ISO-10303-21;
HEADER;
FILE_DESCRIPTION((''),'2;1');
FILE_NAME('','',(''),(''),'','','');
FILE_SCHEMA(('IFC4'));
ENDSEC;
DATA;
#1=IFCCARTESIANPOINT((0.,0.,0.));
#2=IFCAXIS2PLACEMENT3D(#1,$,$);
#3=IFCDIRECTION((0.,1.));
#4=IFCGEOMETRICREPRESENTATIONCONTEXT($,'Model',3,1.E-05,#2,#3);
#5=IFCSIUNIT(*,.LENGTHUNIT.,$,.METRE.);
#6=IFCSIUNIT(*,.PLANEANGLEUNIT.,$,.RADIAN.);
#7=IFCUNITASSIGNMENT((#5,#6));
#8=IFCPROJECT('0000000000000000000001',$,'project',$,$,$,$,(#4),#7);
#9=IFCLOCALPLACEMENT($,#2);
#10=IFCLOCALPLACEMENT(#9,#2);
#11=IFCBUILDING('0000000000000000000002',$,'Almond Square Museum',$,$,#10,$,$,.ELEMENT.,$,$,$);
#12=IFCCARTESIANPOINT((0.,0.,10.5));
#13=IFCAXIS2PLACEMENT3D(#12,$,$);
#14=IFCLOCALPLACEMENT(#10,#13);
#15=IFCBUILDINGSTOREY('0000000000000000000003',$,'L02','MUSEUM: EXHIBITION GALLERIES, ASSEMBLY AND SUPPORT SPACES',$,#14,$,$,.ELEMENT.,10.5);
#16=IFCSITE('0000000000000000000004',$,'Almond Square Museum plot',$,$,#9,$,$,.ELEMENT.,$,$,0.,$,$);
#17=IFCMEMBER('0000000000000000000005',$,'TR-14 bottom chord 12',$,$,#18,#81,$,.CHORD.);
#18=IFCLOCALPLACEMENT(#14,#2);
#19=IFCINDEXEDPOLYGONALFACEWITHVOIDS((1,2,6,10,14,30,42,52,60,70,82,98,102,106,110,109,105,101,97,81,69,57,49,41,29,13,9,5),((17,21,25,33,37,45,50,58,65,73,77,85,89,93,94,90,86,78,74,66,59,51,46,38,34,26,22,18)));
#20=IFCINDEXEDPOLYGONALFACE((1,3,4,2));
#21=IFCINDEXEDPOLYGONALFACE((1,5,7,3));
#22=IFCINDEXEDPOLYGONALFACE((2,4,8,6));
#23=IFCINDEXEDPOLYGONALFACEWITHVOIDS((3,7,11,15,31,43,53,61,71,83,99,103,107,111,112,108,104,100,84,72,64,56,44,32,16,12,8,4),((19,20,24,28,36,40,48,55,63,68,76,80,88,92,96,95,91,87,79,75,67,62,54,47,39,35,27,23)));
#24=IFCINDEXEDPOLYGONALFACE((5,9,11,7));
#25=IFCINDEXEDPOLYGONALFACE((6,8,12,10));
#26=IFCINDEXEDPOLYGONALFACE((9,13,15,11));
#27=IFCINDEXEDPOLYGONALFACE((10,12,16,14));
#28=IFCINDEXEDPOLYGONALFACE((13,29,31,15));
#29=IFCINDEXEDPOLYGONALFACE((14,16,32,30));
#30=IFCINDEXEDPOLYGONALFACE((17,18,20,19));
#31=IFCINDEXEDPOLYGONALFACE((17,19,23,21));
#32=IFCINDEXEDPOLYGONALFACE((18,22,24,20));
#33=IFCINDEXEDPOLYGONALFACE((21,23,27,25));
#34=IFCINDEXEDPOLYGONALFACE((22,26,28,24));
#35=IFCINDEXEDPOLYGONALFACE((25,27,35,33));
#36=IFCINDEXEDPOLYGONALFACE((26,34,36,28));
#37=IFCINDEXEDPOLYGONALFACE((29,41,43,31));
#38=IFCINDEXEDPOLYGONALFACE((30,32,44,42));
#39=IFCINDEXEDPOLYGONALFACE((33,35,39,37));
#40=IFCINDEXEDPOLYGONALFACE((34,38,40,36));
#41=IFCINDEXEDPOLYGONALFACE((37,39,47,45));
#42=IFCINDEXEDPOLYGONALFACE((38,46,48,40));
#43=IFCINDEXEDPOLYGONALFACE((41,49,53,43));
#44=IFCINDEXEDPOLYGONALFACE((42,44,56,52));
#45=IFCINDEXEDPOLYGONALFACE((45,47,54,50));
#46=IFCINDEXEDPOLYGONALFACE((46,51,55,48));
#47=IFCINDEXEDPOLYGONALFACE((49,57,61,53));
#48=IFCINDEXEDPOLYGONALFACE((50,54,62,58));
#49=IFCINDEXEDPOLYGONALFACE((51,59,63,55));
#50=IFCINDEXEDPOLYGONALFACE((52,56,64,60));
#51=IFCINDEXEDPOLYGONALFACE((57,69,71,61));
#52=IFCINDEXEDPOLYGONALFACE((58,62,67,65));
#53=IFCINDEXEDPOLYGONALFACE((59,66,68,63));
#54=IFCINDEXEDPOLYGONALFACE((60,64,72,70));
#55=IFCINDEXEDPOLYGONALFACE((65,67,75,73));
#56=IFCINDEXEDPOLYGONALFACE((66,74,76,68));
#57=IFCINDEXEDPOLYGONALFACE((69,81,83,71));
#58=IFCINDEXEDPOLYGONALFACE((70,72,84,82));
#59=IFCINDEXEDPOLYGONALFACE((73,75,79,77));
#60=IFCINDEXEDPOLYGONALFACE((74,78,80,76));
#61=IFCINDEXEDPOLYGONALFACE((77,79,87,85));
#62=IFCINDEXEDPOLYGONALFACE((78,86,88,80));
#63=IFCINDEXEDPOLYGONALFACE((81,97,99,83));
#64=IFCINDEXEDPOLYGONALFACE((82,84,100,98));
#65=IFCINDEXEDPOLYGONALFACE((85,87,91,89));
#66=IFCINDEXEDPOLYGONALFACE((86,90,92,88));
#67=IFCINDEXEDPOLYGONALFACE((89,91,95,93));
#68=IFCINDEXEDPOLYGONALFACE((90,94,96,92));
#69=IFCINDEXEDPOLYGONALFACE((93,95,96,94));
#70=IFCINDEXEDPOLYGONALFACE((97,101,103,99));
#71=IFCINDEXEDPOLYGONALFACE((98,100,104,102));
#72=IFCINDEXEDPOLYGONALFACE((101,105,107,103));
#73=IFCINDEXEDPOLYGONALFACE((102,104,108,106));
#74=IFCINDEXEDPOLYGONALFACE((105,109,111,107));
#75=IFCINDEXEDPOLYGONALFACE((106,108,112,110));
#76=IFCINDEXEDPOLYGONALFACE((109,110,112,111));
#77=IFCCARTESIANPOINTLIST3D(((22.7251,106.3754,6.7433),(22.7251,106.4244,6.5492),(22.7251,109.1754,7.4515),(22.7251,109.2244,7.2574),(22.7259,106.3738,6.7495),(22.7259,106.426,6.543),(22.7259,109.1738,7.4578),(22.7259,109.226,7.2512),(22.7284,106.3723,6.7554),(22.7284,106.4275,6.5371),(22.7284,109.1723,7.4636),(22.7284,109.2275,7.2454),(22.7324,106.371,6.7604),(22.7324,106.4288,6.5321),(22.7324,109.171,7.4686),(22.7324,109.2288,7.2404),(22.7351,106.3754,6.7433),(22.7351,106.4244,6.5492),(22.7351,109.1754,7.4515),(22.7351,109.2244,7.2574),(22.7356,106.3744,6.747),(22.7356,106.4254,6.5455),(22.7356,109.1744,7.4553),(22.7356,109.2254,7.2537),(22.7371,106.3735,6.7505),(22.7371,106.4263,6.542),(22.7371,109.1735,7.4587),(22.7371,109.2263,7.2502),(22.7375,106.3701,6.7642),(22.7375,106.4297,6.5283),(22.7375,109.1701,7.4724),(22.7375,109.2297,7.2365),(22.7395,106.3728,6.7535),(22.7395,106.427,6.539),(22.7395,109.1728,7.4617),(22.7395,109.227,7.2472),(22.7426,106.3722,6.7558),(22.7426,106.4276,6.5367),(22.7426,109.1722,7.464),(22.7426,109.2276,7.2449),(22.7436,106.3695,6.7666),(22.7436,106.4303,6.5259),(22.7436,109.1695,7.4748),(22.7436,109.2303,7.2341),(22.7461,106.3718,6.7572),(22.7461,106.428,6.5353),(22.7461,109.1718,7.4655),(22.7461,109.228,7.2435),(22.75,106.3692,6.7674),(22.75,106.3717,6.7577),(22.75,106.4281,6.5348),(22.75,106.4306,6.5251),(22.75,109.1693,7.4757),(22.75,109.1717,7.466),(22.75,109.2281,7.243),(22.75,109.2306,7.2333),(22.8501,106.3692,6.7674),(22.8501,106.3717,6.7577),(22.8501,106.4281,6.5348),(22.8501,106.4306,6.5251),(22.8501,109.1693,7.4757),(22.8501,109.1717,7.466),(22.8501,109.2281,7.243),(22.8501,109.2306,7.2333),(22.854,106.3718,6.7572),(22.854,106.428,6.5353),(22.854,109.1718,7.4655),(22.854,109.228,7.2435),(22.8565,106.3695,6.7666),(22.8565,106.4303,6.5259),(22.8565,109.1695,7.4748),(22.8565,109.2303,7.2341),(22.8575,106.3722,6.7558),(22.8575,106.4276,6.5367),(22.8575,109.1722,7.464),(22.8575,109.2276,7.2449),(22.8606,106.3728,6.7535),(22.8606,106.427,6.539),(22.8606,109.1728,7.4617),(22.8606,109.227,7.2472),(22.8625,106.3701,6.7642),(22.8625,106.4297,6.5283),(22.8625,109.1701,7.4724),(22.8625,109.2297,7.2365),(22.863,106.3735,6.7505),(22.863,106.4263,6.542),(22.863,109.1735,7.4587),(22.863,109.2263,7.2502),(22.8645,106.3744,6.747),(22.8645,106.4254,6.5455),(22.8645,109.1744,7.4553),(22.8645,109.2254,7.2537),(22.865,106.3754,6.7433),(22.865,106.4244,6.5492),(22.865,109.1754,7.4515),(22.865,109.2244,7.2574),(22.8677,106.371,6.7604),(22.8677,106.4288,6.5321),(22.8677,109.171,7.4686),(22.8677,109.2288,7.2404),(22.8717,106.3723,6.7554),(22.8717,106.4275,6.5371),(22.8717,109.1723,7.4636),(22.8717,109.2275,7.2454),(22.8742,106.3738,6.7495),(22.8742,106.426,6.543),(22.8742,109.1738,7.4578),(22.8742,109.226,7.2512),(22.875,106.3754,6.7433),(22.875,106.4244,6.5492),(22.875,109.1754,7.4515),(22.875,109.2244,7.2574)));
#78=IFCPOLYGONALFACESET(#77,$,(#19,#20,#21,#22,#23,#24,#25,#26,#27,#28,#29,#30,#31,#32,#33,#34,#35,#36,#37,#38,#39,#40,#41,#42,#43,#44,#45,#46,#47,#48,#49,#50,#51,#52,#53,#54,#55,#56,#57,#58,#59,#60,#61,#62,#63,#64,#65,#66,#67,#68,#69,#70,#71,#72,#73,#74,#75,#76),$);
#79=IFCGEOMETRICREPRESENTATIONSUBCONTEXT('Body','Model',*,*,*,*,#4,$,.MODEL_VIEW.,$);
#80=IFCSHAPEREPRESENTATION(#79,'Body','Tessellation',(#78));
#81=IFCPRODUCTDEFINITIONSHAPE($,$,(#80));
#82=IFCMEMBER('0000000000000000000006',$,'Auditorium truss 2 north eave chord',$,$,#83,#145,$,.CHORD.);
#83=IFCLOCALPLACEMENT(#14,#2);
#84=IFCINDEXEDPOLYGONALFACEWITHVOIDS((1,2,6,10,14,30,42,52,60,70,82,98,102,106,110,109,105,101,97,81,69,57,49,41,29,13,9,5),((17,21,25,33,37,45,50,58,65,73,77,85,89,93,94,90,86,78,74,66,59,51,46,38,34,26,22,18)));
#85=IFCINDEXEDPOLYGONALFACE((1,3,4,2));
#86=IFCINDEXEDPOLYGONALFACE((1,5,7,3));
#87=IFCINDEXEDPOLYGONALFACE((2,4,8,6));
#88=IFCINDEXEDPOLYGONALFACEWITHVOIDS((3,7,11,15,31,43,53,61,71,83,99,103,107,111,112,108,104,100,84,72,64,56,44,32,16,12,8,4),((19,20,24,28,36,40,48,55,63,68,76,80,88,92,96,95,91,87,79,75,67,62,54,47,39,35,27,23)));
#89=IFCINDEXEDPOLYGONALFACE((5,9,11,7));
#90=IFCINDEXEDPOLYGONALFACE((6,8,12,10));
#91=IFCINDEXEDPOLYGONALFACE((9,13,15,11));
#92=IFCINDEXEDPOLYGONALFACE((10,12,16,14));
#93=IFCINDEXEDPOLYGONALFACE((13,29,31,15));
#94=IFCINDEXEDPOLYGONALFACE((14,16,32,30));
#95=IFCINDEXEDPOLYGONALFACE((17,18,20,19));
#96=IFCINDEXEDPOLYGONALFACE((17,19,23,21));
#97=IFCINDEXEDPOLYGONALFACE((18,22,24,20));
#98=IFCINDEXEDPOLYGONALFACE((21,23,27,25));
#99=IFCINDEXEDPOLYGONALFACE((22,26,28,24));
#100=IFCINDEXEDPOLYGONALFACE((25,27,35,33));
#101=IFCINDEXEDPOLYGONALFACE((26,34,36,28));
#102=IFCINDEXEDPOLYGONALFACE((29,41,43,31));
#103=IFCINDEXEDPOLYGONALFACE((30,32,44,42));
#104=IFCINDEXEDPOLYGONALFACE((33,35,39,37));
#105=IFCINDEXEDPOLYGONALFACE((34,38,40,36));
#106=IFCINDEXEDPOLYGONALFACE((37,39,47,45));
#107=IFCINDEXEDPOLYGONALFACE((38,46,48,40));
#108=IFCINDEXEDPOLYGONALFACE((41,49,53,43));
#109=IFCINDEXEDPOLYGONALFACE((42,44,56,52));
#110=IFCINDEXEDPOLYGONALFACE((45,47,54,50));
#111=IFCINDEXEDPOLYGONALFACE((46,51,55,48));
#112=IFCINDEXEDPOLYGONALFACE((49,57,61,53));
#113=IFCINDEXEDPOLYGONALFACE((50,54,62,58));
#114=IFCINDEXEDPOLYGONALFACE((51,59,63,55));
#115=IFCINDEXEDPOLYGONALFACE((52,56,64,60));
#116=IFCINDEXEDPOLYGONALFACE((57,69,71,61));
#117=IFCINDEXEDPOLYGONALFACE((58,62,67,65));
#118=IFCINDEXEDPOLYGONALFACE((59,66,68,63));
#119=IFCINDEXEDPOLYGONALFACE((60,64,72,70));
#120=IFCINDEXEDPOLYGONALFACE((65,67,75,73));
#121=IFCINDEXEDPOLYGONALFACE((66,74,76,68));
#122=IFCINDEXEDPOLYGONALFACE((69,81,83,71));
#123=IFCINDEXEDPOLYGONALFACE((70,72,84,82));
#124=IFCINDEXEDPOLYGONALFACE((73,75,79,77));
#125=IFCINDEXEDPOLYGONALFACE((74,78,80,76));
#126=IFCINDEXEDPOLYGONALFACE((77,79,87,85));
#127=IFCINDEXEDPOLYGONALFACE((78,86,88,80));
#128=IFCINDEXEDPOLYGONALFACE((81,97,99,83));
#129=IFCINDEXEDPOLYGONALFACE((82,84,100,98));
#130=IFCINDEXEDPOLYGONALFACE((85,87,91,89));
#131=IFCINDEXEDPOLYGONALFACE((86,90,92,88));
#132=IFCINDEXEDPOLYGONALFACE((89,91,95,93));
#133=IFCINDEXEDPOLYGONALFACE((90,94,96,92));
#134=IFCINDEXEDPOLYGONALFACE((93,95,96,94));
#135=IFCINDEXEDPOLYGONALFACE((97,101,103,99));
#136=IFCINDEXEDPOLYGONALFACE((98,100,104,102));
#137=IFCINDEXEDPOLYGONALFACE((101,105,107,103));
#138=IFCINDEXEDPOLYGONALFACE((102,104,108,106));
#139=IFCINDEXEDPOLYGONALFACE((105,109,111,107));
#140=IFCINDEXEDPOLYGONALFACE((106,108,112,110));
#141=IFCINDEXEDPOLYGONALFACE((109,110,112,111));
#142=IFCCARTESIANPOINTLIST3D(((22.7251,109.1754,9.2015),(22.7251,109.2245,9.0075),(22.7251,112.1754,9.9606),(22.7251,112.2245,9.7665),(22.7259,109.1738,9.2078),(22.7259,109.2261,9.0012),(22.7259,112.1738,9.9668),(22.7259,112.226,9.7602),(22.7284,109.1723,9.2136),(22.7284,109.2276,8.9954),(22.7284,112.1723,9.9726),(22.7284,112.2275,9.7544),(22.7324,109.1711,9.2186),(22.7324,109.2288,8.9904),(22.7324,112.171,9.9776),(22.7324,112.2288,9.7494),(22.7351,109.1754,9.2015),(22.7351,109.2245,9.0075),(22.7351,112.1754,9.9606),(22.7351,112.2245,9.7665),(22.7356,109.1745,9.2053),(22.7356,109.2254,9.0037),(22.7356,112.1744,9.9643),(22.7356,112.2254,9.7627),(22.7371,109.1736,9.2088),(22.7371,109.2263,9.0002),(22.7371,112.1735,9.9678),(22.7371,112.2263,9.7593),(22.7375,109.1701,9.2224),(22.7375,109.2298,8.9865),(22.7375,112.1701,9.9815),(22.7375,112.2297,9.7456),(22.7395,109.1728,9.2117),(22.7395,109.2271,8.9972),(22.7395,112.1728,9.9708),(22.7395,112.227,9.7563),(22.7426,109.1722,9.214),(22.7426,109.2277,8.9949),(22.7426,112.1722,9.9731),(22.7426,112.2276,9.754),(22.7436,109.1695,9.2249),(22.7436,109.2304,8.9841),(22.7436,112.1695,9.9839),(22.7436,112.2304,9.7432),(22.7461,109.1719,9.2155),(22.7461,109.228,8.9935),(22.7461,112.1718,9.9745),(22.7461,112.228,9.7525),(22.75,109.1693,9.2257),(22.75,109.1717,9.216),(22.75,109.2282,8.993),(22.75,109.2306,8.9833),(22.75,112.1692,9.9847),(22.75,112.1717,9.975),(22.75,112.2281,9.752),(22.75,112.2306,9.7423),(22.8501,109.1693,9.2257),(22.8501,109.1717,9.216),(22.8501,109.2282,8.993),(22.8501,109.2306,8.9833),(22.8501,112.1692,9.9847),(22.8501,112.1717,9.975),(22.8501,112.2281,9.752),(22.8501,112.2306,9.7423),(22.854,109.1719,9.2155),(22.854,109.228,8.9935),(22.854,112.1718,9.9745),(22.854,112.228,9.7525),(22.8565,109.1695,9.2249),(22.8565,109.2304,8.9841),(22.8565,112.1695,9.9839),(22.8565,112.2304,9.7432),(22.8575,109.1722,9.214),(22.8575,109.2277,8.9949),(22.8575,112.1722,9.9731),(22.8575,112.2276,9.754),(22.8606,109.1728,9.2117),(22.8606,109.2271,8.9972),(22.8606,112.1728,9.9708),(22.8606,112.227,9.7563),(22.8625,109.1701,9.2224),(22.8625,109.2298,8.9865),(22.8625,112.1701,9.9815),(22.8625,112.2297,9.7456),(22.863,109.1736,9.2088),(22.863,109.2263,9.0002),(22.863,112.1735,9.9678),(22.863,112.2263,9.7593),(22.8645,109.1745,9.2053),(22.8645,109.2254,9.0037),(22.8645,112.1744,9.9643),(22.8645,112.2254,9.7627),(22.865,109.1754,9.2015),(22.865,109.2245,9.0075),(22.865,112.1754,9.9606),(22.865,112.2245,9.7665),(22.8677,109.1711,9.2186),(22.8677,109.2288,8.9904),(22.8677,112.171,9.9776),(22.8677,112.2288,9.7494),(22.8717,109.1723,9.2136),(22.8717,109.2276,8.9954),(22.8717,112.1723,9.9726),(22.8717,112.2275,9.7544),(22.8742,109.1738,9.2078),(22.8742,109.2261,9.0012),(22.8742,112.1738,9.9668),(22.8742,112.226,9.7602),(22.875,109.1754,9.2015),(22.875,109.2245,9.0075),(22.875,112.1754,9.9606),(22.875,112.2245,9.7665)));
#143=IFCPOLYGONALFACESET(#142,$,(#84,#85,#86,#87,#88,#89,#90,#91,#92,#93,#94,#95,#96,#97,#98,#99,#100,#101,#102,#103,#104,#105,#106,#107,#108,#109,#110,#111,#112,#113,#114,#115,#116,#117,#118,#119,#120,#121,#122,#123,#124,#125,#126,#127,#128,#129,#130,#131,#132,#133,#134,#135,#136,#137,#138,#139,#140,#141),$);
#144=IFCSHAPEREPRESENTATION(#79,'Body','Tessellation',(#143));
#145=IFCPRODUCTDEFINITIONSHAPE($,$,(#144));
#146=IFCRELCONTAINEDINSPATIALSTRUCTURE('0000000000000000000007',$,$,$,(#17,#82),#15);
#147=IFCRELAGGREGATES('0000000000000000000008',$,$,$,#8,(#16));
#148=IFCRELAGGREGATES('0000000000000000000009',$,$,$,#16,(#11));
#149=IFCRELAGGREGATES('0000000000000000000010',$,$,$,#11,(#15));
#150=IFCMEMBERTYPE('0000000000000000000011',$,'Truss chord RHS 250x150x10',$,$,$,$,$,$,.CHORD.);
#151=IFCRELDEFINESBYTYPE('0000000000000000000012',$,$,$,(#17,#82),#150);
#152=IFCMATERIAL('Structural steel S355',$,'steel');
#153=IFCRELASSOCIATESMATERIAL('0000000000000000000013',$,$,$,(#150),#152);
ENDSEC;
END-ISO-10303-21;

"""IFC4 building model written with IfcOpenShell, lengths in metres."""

from ifc_helpers import new_model, si_unit, direction, frame, origin, origin_2d, place, context, subcontext, project, spatial, hollow_rectangle, extrude, material, material_profile, profile_set, type_object, element, save


model = new_model("IFC4")

# Units and contexts
model_context = context("Model", 3, precision=1e-05, world=origin(), true_north=direction((0.0, 1.0)))
body_context = subcontext(model_context, "Body", "Model", "MODEL_VIEW")
ifc_project = project(units=[si_unit("LENGTHUNIT", "METRE"), si_unit("PLANEANGLEUNIT", "RADIAN")], contexts=[model_context])

# Site, building, storey
site_placement = place(None, origin())
site = spatial("IfcSite", under=ifc_project, at=site_placement, Name="Almond Square Museum plot", CompositionType="ELEMENT", RefElevation=0.0)
building_placement = place(site_placement, origin())
building = spatial("IfcBuilding", under=site, at=building_placement, Name="Almond Square Museum", CompositionType="ELEMENT")
storey_placement = place(building_placement, frame((0.0, 0.0, 10.5)))
storey = spatial("IfcBuildingStorey", under=building, at=storey_placement, Name="L02", Description="MUSEUM: EXHIBITION GALLERIES, ASSEMBLY AND SUPPORT SPACES", CompositionType="ELEMENT", Elevation=10.5)

# Members
ifc_material_1 = material(Name="Structural steel S355", Category="steel")
ifc_material_profile_1 = material_profile(ifc_material_1, hollow_rectangle(XDim=0.1499, YDim=0.25, WallThickness=0.01, InnerFilletRadius=0.0149, OuterFilletRadius=0.0249, at=origin_2d()))
ifc_profile_set_1 = profile_set([ifc_material_profile_1], Name="Structural steel S355")
member_type_1 = type_object("IfcMemberType", Name="Truss chord RHS 250x150x10", PredefinedType="CHORD", material=ifc_profile_set_1)
member_1_placement = place(storey_placement, frame((22.8, 106.3999, 6.6462), z_axis=(0.0, 0.969468, 0.24522), x_axis=(-1.0, 0.0, 0.0)))
element("IfcMember", 1, at=member_1_placement, inside=storey, type_object=member_type_1, Name="TR-14 bottom chord 12", PredefinedType="CHORD", context=body_context, shape_type="SweptSolid", body=[
    extrude(hollow_rectangle(XDim=0.1499, YDim=0.25, WallThickness=0.01, InnerFilletRadius=0.0149, OuterFilletRadius=0.0249, at=origin_2d()), origin(), (0.0, 0.0, 1.0), 2.8882),
])
member_2_placement = place(storey_placement, frame((22.8, 109.2, 9.1045), z_axis=(0.0, 0.969452, 0.245282), x_axis=(-1.0, 0.0, 0.0)))
element("IfcMember", 2, at=member_2_placement, inside=storey, type_object=member_type_1, Name="Auditorium truss 2 north eave chord", PredefinedType="CHORD", context=body_context, shape_type="SweptSolid", body=[
    extrude(hollow_rectangle(XDim=0.1499, YDim=0.25, WallThickness=0.01, InnerFilletRadius=0.0149, OuterFilletRadius=0.0249, at=origin_2d()), origin(), (0.0, 0.0, 1.0), 3.0945),
])

save(model, "model.ifc")
